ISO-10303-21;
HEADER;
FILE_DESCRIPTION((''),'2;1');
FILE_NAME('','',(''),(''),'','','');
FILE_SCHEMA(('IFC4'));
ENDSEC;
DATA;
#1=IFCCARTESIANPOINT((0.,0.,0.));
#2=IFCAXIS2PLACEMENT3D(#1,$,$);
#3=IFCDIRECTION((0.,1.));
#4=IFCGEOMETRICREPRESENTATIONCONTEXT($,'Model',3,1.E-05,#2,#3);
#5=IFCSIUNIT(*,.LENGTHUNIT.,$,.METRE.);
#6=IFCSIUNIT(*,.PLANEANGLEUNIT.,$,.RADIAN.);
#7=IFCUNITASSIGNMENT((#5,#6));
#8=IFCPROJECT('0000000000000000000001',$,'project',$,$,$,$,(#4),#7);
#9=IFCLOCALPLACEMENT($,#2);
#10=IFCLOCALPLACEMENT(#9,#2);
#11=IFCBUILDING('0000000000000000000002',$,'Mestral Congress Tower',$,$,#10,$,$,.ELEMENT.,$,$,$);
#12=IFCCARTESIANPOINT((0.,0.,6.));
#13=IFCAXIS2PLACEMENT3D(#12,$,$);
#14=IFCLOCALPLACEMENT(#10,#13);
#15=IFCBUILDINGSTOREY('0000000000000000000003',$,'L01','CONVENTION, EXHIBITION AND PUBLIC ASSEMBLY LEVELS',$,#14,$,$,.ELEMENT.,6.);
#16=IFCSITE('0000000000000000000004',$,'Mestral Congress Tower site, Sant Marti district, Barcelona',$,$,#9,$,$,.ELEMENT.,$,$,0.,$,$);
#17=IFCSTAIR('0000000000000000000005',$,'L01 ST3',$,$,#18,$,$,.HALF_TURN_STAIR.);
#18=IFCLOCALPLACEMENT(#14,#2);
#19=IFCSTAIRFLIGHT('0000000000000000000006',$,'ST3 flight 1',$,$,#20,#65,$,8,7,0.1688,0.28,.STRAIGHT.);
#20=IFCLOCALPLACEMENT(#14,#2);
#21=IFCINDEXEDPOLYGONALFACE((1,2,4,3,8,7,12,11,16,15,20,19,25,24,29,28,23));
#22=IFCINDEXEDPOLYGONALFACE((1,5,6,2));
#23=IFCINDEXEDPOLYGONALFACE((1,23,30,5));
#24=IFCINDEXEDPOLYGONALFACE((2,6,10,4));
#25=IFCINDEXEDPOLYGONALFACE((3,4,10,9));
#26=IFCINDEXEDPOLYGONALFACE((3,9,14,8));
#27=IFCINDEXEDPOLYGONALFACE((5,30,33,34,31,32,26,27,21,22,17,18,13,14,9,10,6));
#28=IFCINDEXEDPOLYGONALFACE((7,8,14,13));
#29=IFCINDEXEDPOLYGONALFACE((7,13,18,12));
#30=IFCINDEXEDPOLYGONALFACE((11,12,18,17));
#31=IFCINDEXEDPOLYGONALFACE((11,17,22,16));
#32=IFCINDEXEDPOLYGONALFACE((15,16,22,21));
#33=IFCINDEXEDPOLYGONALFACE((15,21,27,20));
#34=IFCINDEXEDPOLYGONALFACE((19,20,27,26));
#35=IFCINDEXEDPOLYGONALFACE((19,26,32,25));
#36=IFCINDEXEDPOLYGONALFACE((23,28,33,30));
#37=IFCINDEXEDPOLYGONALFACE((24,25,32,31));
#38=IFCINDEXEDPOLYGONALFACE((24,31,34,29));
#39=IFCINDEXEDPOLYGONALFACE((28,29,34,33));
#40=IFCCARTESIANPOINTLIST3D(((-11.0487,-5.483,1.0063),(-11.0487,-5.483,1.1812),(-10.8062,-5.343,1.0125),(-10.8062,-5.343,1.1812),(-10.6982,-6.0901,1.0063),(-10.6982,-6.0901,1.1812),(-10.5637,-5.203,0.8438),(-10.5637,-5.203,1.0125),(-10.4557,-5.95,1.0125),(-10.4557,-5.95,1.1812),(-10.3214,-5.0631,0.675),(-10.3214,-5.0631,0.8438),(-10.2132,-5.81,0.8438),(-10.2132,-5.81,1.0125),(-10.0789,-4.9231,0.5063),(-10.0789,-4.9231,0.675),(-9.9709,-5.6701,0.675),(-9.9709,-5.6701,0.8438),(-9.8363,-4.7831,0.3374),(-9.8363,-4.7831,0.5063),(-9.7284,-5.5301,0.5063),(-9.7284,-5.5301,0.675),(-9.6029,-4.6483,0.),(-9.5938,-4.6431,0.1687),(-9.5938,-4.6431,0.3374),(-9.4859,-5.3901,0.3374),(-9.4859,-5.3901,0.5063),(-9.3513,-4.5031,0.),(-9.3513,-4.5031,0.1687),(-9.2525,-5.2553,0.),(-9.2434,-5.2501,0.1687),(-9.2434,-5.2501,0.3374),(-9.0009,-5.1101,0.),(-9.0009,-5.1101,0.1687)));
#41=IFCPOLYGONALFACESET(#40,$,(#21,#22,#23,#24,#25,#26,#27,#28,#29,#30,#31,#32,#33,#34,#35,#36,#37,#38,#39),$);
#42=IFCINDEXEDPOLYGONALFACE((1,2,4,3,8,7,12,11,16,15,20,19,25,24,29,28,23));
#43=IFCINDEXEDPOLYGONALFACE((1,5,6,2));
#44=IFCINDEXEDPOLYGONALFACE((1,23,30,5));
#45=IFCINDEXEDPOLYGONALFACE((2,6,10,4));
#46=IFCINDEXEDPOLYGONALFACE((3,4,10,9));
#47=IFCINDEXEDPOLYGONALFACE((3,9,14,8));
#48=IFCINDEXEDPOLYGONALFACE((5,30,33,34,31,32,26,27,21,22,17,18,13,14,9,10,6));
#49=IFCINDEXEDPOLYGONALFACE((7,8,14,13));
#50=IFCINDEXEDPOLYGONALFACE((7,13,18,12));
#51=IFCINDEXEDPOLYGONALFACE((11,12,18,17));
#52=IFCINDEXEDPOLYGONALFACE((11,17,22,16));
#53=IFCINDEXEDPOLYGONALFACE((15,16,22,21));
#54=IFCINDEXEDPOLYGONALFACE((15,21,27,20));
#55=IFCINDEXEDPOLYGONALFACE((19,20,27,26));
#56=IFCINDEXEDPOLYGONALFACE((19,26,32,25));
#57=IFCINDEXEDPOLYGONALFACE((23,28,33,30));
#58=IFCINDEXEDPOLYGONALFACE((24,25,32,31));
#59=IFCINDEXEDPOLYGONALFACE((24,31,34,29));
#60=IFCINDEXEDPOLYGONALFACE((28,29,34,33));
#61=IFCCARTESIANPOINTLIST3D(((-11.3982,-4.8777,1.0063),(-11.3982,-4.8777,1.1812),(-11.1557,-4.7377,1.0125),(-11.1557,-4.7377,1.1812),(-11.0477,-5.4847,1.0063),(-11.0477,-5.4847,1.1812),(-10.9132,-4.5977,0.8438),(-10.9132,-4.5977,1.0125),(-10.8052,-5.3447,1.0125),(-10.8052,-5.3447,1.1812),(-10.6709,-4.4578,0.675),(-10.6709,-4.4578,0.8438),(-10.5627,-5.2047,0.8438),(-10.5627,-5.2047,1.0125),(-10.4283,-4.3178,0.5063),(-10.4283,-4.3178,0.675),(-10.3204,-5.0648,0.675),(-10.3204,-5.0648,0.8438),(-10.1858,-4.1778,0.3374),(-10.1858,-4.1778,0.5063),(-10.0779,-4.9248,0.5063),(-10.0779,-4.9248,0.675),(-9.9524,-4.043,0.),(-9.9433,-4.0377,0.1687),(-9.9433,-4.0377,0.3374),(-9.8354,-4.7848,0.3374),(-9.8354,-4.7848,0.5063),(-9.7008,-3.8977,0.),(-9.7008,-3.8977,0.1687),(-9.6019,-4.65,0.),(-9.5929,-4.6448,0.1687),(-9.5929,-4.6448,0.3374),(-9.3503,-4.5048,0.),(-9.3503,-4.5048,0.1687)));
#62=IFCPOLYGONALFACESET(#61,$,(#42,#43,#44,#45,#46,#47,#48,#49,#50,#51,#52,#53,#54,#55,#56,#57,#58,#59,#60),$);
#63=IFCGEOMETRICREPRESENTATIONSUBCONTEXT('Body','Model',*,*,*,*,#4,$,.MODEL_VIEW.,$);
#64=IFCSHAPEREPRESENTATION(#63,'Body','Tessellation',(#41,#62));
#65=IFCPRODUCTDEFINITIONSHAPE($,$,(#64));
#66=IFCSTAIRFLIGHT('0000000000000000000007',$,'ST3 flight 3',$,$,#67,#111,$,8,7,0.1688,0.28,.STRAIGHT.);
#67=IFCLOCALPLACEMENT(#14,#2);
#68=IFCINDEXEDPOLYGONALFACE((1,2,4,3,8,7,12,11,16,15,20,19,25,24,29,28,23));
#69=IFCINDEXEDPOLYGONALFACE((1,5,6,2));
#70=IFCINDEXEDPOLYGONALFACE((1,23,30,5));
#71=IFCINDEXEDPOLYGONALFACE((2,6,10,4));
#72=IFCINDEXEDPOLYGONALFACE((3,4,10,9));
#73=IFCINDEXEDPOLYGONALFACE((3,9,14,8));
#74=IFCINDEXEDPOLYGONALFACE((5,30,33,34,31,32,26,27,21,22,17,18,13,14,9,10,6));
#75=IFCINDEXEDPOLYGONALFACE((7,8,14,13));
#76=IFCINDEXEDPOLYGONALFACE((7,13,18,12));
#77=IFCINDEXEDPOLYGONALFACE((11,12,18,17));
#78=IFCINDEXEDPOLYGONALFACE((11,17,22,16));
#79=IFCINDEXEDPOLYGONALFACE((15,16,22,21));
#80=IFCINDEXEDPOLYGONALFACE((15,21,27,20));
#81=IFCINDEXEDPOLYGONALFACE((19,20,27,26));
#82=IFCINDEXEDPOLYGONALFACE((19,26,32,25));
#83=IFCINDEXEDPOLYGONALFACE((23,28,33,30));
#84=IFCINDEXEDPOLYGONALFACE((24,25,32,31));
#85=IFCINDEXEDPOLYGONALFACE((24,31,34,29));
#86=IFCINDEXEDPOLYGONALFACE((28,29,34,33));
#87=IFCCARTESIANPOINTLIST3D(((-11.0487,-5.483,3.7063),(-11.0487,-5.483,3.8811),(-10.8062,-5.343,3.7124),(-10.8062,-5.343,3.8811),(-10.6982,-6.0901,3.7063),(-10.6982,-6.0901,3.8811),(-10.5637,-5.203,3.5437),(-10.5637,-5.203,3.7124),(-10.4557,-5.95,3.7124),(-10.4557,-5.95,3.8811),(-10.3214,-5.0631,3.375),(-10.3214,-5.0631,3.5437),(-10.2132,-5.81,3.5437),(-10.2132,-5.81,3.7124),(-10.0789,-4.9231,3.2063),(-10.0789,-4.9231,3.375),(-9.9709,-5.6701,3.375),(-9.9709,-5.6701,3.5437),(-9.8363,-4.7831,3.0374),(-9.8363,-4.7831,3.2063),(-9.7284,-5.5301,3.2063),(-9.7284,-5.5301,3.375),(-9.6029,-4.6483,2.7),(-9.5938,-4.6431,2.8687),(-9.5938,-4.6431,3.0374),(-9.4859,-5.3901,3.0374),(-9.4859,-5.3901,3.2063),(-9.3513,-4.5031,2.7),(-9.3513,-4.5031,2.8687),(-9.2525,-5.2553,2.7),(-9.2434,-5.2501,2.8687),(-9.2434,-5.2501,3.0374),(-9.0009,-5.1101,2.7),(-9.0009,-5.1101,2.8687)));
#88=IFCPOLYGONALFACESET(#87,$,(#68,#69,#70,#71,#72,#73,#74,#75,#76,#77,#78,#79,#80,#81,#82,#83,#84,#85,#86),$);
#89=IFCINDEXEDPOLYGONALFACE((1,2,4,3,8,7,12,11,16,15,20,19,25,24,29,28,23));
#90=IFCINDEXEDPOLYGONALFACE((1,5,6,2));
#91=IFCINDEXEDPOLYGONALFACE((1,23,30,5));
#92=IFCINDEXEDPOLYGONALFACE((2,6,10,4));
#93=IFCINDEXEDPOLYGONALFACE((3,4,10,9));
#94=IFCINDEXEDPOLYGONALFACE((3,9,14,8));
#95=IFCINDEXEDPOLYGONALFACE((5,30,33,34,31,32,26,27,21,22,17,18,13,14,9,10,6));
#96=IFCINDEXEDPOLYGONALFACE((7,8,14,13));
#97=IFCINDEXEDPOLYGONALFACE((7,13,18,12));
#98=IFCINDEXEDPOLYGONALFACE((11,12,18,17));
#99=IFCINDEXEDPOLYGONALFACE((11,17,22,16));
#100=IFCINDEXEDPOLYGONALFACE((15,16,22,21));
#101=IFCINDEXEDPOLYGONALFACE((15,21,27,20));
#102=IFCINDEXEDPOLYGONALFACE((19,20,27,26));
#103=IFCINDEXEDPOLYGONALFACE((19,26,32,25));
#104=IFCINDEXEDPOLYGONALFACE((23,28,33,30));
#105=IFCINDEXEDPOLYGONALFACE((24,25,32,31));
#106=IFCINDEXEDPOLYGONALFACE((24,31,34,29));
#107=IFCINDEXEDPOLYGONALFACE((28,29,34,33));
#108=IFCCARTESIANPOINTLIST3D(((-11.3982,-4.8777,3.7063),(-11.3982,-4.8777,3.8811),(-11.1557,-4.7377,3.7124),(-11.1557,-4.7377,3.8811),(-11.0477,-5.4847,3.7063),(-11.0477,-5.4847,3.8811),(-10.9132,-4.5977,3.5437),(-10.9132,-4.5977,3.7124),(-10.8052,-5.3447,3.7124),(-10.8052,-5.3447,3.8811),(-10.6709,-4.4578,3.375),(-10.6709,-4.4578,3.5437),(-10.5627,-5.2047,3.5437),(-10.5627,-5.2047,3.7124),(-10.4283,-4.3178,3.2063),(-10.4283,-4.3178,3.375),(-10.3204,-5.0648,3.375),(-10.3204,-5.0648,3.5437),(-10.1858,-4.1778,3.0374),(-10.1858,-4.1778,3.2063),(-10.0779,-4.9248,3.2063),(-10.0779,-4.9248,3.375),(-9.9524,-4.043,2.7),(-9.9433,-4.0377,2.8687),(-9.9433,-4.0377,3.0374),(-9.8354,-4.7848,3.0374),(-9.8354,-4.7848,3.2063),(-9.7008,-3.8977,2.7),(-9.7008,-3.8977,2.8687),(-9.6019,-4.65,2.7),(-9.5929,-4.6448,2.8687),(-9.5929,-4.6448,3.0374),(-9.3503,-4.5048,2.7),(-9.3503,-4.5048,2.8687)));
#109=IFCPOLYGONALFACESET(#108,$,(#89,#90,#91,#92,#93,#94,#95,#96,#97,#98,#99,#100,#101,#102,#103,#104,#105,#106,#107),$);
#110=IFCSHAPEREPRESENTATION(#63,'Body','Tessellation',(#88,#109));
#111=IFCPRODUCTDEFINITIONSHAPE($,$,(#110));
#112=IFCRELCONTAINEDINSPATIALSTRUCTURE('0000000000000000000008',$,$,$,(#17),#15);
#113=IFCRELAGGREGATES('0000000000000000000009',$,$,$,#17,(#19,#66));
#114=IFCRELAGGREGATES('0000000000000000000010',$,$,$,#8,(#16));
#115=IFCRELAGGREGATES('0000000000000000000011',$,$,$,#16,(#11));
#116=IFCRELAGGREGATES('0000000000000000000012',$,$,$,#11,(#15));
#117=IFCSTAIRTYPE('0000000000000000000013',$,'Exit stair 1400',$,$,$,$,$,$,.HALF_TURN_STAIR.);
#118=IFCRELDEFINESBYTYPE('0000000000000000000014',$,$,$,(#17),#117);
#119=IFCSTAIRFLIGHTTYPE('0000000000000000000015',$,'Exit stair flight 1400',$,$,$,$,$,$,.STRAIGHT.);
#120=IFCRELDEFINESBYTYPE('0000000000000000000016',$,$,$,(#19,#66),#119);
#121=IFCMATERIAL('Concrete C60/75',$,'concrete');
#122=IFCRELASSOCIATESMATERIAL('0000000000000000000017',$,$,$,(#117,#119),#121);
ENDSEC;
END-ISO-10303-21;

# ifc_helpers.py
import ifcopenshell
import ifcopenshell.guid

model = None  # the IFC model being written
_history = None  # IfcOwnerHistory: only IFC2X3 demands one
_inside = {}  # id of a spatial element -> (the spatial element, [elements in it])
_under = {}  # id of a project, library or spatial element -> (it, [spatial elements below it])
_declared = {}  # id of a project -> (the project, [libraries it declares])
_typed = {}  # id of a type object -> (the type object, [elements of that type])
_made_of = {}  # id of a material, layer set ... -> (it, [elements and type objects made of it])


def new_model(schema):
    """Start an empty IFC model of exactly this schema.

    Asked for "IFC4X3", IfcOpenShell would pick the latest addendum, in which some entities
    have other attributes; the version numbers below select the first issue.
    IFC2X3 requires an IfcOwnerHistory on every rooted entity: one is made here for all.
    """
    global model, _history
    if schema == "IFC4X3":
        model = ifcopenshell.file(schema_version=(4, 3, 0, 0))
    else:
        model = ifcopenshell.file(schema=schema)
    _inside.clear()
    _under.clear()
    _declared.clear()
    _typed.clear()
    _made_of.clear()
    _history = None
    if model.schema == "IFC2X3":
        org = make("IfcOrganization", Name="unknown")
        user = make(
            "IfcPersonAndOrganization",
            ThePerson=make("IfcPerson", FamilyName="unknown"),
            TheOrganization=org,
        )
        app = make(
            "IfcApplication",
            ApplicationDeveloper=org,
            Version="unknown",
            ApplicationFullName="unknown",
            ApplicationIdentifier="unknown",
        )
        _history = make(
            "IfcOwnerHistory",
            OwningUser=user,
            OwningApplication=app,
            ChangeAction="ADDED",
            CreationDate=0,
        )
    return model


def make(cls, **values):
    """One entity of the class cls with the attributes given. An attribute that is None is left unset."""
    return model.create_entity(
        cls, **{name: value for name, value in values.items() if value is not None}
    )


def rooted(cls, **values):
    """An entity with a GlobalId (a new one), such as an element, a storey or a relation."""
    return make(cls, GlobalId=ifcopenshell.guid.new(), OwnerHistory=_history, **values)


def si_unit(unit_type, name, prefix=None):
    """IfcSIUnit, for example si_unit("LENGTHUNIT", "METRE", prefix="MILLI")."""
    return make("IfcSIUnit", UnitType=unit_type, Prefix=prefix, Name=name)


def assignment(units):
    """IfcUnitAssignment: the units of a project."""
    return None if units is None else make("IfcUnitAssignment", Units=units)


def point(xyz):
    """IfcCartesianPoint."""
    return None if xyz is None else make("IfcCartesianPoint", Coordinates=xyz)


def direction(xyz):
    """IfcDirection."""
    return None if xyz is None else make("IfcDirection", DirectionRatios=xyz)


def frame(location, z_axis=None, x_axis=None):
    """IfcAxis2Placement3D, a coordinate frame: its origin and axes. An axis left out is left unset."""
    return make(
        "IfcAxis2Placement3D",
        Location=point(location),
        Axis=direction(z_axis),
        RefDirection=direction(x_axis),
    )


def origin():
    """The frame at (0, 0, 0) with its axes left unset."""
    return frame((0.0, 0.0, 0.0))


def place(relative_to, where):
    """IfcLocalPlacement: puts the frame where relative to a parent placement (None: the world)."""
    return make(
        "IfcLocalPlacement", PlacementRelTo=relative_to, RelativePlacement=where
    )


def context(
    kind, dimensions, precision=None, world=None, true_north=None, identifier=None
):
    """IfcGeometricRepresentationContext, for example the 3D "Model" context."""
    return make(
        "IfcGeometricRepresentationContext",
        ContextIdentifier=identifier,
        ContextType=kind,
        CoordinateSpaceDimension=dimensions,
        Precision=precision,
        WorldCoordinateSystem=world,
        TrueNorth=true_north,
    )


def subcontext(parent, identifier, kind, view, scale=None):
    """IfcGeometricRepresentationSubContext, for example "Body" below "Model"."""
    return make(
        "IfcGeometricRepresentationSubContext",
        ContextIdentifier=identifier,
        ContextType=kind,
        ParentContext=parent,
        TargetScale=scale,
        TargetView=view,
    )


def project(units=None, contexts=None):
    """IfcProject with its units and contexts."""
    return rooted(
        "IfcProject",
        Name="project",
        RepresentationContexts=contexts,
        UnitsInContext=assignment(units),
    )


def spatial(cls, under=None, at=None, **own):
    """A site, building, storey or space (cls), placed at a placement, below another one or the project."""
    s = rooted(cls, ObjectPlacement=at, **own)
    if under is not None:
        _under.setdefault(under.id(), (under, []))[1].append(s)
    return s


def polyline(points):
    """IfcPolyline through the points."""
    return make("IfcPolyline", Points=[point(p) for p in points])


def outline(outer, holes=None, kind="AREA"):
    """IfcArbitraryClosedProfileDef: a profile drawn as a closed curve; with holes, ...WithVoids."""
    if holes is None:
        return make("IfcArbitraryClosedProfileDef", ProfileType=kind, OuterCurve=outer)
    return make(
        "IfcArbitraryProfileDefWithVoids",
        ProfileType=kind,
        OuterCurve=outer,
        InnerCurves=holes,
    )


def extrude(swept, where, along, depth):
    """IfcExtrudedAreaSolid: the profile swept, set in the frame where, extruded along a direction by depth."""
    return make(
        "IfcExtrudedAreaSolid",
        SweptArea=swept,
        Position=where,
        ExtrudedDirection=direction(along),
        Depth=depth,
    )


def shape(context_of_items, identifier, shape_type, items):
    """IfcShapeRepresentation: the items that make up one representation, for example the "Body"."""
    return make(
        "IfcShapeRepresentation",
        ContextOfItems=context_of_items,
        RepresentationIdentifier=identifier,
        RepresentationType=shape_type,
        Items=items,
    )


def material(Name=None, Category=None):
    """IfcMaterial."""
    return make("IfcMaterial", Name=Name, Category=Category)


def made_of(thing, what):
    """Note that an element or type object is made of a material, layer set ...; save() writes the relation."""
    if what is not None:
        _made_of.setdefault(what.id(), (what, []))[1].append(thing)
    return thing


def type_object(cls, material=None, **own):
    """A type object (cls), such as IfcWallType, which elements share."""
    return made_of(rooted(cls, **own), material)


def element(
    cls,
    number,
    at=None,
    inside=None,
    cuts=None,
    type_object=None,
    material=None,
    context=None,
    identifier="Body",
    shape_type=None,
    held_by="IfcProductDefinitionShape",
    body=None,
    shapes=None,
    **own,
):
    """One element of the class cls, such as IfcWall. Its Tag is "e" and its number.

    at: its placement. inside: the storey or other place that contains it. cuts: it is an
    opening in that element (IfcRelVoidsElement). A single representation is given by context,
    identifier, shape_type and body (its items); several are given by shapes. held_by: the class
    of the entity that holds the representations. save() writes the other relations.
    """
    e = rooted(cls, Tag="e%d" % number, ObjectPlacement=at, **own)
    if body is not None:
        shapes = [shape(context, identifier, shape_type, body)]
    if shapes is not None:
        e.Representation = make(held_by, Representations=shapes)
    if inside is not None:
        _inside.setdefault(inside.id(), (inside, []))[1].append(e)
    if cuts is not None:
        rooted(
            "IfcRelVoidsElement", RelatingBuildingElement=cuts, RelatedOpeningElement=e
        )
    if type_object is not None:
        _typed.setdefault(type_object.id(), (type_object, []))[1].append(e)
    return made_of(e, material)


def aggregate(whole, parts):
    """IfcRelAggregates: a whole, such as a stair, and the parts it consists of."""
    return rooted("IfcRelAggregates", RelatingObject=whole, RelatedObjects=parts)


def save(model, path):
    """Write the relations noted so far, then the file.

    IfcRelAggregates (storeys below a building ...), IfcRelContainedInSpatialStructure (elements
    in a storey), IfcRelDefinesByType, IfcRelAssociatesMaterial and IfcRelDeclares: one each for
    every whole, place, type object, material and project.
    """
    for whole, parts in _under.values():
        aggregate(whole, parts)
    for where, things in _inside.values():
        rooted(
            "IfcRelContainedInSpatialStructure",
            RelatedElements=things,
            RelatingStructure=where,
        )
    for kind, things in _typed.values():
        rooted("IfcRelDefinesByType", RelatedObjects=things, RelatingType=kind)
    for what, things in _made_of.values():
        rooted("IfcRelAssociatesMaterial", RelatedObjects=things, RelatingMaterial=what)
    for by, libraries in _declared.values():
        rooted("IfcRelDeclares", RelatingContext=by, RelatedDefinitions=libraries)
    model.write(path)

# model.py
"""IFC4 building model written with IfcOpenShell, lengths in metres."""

from ifc_helpers import new_model, si_unit, direction, frame, origin, place, context, subcontext, project, spatial, polyline, outline, extrude, material, type_object, element, aggregate, save


model = new_model("IFC4")

# Units and contexts
model_context = context("Model", 3, precision=1e-05, world=origin(), true_north=direction((0.0, 1.0)))
body_context = subcontext(model_context, "Body", "Model", "MODEL_VIEW")
ifc_project = project(units=[si_unit("LENGTHUNIT", "METRE"), si_unit("PLANEANGLEUNIT", "RADIAN")], contexts=[model_context])

# Site, building, storey
site_placement = place(None, origin())
site = spatial("IfcSite", under=ifc_project, at=site_placement, Name="Mestral Congress Tower site, Sant Marti district, Barcelona", CompositionType="ELEMENT", RefElevation=0.0)
building_placement = place(site_placement, origin())
building = spatial("IfcBuilding", under=site, at=building_placement, Name="Mestral Congress Tower", CompositionType="ELEMENT")
storey_placement = place(building_placement, frame((0.0, 0.0, 6.0)))
storey = spatial("IfcBuildingStorey", under=building, at=storey_placement, Name="L01", Description="CONVENTION, EXHIBITION AND PUBLIC ASSEMBLY LEVELS", CompositionType="ELEMENT", Elevation=6.0)

# Shared definitions
ifc_material_1 = material(Name="Concrete C60/75", Category="concrete")

# Stair, stair flights
stair_type = type_object("IfcStairType", Name="Exit stair 1400", PredefinedType="HALF_TURN_STAIR", material=ifc_material_1)
stair_placement = place(storey_placement, origin())
stair = element("IfcStair", 1, at=stair_placement, inside=storey, type_object=stair_type, Name="L01 ST3", PredefinedType="HALF_TURN_STAIR")
stair_flight_type = type_object("IfcStairFlightType", Name="Exit stair flight 1400", PredefinedType="STRAIGHT", material=ifc_material_1)
stair_flight_1_placement = place(storey_placement, frame((-9.3508, -4.5039, 0.0), z_axis=(0.0, 0.0, 1.0), x_axis=(-0.866025, -0.5, 0.0)))
stair_flight_1 = element("IfcStairFlight", 2, at=stair_flight_1_placement, type_object=stair_flight_type, Name="ST3 flight 1", NumberOfRisers=8, NumberOfTreads=7, PredefinedType="STRAIGHT", RiserHeight=0.1688, TreadLength=0.28, context=body_context, shape_type="SweptSolid", body=[
    extrude(outline(polyline([(0.0, 0.0), (0.0, 0.1687), (0.28, 0.1687), (0.28, 0.3374), (0.5601, 0.3374), (0.5601, 0.5063), (0.8401, 0.5063), (0.8401, 0.675), (1.1201, 0.675), (1.1201, 0.8438), (1.3999, 0.8438), (1.3999, 1.0125), (1.6799, 1.0125), (1.6799, 1.1812), (1.96, 1.1812), (1.96, 1.3501), (1.96, 1.0063), (0.2905, 0.0), (0.0, 0.0)])), frame((0.0, 0.7, 0.0), z_axis=(0.0, -1.0, 0.0), x_axis=(1.0, 0.0, 0.0)), (0.0, 0.0, 1.0), 0.7009),
    extrude(outline(polyline([(0.0, 0.0), (0.0, 0.1687), (0.28, 0.1687), (0.28, 0.3374), (0.5601, 0.3374), (0.5601, 0.5063), (0.8401, 0.5063), (0.8401, 0.675), (1.1201, 0.675), (1.1201, 0.8438), (1.3999, 0.8438), (1.3999, 1.0125), (1.6799, 1.0125), (1.6799, 1.1812), (1.96, 1.1812), (1.96, 1.3501), (1.96, 1.0063), (0.2905, 0.0), (0.0, 0.0)])), frame((0.0, 0.001, 0.0), z_axis=(0.0, -1.0, 0.0), x_axis=(1.0, 0.0, 0.0)), (0.0, 0.0, 1.0), 0.7009),
])
stair_flight_2_placement = place(storey_placement, frame((-9.3508, -4.5039, 2.7), z_axis=(0.0, 0.0, 1.0), x_axis=(-0.866025, -0.5, 0.0)))
stair_flight_2 = element("IfcStairFlight", 3, at=stair_flight_2_placement, type_object=stair_flight_type, Name="ST3 flight 3", NumberOfRisers=8, NumberOfTreads=7, PredefinedType="STRAIGHT", RiserHeight=0.1688, TreadLength=0.28, context=body_context, shape_type="SweptSolid", body=[
    extrude(outline(polyline([(0.0, 0.0), (0.0, 0.1687), (0.28, 0.1687), (0.28, 0.3374), (0.5601, 0.3374), (0.5601, 0.5063), (0.8401, 0.5063), (0.8401, 0.675), (1.1201, 0.675), (1.1201, 0.8438), (1.3999, 0.8438), (1.3999, 1.0125), (1.6799, 1.0125), (1.6799, 1.1812), (1.96, 1.1812), (1.96, 1.3501), (1.96, 1.0063), (0.2905, 0.0), (0.0, 0.0)])), frame((0.0, 0.7, 0.0), z_axis=(0.0, -1.0, 0.0), x_axis=(1.0, 0.0, 0.0)), (0.0, 0.0, 1.0), 0.7009),
    extrude(outline(polyline([(0.0, 0.0), (0.0, 0.1687), (0.28, 0.1687), (0.28, 0.3374), (0.5601, 0.3374), (0.5601, 0.5063), (0.8401, 0.5063), (0.8401, 0.675), (1.1201, 0.675), (1.1201, 0.8438), (1.3999, 0.8438), (1.3999, 1.0125), (1.6799, 1.0125), (1.6799, 1.1812), (1.96, 1.1812), (1.96, 1.3501), (1.96, 1.0063), (0.2905, 0.0), (0.0, 0.0)])), frame((0.0, 0.001, 0.0), z_axis=(0.0, -1.0, 0.0), x_axis=(1.0, 0.0, 0.0)), (0.0, 0.0, 1.0), 0.7009),
])
aggregate(stair, [stair_flight_1, stair_flight_2])

save(model, "model.ifc")
